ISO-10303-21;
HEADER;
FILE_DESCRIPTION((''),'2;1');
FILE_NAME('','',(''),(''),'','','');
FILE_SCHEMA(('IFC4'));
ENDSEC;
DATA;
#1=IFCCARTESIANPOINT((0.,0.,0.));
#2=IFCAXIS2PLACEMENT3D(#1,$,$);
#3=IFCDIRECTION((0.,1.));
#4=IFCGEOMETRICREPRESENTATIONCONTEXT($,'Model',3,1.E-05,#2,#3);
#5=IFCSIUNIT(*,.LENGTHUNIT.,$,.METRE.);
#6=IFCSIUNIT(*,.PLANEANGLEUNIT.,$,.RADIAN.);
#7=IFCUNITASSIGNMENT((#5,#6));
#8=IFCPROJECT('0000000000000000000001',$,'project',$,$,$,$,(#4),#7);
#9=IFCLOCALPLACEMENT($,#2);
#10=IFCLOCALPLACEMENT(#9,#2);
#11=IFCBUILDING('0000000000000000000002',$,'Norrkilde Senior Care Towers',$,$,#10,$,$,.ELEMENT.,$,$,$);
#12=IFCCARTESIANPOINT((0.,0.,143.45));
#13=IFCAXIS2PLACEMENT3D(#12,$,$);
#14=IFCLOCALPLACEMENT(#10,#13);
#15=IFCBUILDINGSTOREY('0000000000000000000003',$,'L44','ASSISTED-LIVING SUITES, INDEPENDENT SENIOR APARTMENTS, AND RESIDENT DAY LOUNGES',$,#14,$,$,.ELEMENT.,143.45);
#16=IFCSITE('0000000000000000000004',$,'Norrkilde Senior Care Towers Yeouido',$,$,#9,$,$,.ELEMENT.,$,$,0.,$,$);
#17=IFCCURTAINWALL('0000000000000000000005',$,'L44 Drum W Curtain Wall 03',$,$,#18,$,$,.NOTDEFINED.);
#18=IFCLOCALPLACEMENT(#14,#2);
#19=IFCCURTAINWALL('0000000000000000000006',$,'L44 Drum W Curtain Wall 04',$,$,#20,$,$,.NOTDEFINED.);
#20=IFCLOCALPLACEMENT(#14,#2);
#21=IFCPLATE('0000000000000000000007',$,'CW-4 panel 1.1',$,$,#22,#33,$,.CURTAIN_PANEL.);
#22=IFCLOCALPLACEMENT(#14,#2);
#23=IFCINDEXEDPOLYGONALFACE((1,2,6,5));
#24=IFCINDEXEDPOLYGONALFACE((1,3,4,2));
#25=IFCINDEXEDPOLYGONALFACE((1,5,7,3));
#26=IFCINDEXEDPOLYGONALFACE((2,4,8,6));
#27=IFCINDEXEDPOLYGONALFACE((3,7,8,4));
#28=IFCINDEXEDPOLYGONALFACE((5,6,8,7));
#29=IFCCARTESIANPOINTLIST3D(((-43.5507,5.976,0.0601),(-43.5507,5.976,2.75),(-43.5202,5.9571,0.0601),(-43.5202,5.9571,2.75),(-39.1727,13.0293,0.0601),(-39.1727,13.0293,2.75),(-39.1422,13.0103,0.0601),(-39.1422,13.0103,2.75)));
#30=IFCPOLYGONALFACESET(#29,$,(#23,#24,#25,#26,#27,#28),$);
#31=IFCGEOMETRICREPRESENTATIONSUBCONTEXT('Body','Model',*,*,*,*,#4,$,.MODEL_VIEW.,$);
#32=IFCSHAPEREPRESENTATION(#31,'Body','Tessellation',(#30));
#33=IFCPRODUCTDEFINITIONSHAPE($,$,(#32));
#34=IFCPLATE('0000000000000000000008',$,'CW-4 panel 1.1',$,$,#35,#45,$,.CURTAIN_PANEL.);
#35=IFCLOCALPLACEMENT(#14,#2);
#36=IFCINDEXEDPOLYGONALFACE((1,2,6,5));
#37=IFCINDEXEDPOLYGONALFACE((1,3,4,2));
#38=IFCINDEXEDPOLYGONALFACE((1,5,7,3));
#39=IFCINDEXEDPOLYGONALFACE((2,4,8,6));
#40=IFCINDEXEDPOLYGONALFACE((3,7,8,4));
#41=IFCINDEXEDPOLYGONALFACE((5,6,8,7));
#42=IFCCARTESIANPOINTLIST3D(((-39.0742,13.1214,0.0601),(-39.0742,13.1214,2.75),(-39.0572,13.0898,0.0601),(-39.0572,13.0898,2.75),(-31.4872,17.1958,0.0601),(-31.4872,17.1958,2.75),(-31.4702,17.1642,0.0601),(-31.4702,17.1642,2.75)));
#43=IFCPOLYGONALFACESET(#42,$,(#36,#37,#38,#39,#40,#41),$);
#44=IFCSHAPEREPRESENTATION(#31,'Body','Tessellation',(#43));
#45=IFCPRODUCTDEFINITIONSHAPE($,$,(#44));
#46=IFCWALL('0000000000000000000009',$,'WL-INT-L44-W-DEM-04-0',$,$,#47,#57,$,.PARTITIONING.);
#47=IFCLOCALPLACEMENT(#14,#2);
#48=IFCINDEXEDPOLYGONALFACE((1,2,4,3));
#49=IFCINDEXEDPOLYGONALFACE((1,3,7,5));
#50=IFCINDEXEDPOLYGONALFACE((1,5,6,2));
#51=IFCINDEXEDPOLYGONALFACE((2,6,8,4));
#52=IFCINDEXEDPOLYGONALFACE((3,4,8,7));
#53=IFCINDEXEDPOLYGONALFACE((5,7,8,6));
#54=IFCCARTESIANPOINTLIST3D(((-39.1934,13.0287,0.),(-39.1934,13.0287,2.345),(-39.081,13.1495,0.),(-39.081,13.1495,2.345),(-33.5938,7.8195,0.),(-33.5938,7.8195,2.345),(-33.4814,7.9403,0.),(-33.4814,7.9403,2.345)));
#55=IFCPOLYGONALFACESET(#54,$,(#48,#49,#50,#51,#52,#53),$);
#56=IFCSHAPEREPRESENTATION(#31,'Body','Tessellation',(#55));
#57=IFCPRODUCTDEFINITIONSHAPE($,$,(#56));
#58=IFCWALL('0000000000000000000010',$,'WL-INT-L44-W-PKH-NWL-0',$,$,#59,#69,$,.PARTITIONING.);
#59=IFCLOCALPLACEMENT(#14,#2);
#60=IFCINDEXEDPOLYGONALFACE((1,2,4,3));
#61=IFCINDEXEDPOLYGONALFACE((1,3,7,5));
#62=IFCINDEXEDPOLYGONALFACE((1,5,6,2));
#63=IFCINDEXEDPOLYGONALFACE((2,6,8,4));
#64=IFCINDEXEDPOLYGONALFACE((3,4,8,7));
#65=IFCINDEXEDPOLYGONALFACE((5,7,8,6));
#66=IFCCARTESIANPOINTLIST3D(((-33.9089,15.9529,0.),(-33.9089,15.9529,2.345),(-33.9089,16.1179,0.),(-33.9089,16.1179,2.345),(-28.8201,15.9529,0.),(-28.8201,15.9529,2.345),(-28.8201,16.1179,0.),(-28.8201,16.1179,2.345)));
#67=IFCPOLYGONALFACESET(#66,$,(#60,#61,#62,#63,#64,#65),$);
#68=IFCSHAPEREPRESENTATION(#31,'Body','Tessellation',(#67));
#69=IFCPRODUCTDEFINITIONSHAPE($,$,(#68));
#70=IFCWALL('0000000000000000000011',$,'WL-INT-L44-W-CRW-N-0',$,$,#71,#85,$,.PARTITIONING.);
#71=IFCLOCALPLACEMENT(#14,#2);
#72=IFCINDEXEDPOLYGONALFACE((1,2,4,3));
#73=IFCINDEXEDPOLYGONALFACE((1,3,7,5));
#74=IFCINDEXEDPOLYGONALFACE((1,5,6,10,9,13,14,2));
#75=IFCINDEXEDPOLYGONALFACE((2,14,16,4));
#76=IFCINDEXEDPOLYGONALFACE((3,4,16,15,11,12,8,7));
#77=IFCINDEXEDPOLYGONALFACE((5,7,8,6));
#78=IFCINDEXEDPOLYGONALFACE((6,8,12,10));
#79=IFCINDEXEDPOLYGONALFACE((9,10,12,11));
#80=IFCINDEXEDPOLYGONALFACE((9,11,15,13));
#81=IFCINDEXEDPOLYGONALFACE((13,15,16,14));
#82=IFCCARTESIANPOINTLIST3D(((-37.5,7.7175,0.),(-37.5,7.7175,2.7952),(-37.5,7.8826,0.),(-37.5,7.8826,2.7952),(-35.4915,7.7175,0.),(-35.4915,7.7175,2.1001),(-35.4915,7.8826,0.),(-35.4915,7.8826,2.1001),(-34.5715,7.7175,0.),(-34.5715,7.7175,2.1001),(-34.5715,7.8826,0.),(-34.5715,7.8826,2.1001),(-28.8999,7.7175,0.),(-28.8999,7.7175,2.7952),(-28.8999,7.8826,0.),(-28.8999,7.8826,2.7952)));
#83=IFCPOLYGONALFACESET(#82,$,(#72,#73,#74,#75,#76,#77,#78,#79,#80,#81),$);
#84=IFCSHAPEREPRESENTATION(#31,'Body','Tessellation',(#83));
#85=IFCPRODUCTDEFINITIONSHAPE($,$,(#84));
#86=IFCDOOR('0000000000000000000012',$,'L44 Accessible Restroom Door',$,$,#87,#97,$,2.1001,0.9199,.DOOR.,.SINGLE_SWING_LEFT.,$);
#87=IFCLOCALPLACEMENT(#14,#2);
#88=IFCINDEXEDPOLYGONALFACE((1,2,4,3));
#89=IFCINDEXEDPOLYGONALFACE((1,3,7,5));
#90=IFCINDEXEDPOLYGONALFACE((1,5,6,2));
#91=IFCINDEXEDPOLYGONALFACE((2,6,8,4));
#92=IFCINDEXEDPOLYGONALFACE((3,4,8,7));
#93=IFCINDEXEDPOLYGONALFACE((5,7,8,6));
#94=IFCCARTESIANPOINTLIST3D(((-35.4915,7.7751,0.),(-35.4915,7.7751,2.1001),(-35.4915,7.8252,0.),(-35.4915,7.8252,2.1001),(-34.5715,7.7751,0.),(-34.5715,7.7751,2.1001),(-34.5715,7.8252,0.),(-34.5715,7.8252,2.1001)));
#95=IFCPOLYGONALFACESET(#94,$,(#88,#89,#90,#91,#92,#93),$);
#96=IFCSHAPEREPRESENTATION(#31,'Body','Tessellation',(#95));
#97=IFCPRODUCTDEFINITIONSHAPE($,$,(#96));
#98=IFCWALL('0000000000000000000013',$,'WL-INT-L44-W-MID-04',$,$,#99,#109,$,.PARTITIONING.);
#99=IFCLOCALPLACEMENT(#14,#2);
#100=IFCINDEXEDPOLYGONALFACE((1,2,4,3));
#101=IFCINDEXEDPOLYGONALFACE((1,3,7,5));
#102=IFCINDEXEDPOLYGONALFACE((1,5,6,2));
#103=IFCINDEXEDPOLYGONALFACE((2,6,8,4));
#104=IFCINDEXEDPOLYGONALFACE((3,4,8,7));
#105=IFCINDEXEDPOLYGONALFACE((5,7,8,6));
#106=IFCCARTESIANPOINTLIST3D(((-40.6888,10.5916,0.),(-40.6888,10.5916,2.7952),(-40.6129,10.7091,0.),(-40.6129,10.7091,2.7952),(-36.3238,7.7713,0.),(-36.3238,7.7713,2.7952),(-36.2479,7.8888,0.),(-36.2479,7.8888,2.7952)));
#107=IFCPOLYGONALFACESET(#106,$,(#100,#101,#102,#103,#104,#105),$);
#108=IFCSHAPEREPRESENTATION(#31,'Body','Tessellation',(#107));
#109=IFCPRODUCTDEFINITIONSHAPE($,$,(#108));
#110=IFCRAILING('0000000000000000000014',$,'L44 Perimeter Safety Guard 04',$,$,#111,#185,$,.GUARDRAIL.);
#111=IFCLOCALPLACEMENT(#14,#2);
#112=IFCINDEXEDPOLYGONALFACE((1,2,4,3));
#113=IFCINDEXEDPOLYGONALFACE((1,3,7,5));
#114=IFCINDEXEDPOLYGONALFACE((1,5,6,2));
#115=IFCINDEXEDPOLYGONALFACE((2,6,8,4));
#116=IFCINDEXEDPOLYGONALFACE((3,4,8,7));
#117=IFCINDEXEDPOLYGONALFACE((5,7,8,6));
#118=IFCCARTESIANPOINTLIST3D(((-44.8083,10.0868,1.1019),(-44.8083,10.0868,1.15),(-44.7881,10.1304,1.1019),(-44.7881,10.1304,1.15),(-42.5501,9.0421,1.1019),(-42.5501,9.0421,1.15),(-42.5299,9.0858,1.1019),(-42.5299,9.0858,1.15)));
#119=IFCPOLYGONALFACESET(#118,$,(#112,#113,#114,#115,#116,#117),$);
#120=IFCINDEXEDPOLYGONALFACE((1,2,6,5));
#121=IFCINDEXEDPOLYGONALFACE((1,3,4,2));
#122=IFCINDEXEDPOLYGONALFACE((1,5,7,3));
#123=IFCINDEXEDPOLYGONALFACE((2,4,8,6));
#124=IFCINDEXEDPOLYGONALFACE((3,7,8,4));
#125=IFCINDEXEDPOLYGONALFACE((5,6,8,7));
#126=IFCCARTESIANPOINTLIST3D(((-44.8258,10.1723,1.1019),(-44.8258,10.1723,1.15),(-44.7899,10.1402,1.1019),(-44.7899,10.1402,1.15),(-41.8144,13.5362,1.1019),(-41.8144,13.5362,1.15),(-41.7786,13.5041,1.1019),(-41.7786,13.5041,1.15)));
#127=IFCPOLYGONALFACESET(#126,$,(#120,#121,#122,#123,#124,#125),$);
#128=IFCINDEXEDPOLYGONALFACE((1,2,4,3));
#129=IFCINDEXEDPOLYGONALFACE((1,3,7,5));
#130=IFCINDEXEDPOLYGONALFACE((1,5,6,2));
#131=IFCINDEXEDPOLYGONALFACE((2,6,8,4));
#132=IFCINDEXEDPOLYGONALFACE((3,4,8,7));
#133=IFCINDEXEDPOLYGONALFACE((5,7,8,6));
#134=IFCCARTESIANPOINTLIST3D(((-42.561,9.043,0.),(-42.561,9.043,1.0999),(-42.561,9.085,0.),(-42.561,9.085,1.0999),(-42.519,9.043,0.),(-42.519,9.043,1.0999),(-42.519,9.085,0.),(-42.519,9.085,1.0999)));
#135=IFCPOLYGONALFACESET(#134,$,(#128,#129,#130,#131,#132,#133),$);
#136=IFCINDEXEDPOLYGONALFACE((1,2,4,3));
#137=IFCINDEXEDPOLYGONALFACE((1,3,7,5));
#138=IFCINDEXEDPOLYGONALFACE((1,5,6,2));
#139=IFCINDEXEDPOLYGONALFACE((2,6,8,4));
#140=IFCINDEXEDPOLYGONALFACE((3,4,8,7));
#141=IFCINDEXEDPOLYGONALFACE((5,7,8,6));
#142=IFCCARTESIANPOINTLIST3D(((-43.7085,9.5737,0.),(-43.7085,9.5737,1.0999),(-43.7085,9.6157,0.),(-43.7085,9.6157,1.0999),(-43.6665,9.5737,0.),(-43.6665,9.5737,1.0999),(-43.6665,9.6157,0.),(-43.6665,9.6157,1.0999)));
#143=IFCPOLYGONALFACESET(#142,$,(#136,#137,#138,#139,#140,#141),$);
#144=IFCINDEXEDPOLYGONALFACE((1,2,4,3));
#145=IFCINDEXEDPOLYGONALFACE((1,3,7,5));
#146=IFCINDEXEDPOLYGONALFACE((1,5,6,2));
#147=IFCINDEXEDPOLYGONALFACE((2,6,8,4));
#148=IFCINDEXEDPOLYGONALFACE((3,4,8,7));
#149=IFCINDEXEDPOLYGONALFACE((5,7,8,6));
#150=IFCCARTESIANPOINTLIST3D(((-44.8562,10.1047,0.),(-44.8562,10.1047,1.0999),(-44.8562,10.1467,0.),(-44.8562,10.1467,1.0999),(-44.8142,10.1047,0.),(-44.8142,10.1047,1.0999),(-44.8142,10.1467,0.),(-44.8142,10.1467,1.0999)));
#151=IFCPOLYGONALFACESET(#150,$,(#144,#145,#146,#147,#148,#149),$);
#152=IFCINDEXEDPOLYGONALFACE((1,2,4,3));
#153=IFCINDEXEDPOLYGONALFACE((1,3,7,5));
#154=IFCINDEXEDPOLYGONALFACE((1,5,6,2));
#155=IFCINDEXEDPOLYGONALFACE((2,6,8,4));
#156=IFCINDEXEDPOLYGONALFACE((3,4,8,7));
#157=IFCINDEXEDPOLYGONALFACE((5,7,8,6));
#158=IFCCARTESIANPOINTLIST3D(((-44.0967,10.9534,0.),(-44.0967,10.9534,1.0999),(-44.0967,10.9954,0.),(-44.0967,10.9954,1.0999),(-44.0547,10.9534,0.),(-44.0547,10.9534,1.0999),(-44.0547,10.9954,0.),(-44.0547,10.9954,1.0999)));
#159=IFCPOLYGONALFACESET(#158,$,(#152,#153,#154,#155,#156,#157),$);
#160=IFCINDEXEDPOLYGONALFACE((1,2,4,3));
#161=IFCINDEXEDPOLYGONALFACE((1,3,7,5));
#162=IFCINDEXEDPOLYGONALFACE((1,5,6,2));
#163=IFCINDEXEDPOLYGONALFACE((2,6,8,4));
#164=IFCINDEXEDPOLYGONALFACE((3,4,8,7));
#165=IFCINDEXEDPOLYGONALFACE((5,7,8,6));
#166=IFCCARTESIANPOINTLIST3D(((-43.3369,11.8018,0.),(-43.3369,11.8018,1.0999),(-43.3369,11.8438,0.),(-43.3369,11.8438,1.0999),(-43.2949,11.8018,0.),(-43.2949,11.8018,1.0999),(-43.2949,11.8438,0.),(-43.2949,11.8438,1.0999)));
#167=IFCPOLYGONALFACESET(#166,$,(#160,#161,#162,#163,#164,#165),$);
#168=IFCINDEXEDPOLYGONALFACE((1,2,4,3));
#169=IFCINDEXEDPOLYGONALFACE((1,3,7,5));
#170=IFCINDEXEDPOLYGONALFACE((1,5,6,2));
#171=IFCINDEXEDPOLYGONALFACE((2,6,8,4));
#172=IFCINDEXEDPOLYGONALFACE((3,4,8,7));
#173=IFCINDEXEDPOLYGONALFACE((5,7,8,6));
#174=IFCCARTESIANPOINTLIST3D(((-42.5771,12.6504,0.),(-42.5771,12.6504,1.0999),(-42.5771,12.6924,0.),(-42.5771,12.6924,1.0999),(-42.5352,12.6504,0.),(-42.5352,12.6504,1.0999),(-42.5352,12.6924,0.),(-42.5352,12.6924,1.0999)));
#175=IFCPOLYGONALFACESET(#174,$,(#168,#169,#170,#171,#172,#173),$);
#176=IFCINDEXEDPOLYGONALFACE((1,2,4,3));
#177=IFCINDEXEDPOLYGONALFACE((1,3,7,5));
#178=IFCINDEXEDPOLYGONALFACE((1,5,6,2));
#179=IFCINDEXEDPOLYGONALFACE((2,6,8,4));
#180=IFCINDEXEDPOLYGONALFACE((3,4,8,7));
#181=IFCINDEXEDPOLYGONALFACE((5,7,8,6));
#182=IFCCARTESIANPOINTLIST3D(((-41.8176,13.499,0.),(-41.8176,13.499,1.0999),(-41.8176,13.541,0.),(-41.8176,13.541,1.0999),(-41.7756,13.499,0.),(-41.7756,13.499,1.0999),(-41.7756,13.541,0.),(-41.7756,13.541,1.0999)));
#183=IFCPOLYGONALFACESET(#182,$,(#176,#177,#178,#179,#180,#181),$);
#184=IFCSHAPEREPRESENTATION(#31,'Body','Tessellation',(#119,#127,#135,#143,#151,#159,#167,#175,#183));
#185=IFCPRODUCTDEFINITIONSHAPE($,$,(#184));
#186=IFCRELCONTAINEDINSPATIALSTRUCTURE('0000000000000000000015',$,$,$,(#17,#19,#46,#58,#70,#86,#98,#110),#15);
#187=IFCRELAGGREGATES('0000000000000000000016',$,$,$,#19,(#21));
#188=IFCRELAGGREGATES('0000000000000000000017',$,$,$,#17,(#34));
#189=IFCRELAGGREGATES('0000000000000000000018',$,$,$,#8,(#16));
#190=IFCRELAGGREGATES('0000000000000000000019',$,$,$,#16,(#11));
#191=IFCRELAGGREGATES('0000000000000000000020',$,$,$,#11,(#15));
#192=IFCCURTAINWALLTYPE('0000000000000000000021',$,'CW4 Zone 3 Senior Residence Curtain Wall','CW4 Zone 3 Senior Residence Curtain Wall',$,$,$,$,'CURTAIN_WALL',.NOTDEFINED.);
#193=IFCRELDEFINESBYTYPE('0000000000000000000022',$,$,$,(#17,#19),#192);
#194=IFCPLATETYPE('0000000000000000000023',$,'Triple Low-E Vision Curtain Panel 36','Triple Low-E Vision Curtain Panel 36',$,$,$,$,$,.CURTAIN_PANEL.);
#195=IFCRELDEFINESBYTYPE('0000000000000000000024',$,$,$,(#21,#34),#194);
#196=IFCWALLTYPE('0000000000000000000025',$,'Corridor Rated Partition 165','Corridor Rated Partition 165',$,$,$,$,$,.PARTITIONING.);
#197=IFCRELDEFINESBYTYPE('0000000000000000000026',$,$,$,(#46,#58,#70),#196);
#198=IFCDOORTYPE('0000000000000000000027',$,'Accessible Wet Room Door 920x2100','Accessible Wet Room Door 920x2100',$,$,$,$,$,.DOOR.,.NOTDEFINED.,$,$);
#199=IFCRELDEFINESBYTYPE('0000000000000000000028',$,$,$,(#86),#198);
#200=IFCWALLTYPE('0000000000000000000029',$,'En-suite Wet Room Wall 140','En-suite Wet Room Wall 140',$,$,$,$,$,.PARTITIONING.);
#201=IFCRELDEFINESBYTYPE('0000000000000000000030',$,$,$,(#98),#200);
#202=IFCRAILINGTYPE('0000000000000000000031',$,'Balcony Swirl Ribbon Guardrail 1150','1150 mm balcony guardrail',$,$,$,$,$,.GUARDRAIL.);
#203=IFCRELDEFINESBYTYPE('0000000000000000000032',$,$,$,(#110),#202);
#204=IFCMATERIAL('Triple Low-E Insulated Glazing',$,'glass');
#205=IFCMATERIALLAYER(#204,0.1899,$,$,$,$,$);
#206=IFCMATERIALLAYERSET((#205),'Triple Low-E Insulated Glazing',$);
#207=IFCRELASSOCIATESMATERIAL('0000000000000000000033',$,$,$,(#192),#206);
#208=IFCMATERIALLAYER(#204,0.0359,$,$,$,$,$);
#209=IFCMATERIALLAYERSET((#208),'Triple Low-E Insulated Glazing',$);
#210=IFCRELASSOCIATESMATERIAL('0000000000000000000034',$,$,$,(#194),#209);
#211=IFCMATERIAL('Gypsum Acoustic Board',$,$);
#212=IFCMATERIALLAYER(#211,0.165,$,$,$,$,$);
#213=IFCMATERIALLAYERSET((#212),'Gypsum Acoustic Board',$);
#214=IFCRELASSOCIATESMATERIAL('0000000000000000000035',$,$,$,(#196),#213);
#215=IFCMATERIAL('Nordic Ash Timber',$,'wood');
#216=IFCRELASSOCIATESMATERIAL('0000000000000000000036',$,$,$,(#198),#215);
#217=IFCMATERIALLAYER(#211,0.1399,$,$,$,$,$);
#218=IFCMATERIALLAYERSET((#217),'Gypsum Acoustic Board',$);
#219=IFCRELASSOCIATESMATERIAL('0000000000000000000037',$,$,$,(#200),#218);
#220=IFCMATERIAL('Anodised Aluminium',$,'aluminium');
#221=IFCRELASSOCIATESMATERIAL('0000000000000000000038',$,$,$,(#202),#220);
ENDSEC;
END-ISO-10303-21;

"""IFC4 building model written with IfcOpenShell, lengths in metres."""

from ifc_helpers import new_model, si_unit, direction, frame, frame_2d, origin, origin_2d, place, context, subcontext, project, spatial, rectangle, extrude, source, transform, mapped, material, layer, layer_set, type_object, type_shapes, element, fill, aggregate, save


model = new_model("IFC4")

# Units and contexts
model_context = context("Model", 3, precision=1e-05, world=origin(), true_north=direction((0.0, 1.0)))
body_context = subcontext(model_context, "Body", "Model", "MODEL_VIEW")
ifc_project = project(units=[si_unit("LENGTHUNIT", "METRE"), si_unit("PLANEANGLEUNIT", "RADIAN")], contexts=[model_context])

# Site, building, storey
site_placement = place(None, origin())
site = spatial("IfcSite", under=ifc_project, at=site_placement, Name="Norrkilde Senior Care Towers Yeouido", CompositionType="ELEMENT", RefElevation=0.0)
building_placement = place(site_placement, origin())
building = spatial("IfcBuilding", under=site, at=building_placement, Name="Norrkilde Senior Care Towers", CompositionType="ELEMENT")
storey_placement = place(building_placement, frame((0.0, 0.0, 143.45)))
storey = spatial("IfcBuildingStorey", under=building, at=storey_placement, Name="L44", Description="ASSISTED-LIVING SUITES, INDEPENDENT SENIOR APARTMENTS, AND RESIDENT DAY LOUNGES", CompositionType="ELEMENT", Elevation=143.45)

# Shared definitions
ifc_material_1 = material(Name="Triple Low-E Insulated Glazing", Category="glass")
ifc_layer_1 = layer(ifc_material_1, 0.1899)
ifc_layer_set_1 = layer_set([ifc_layer_1], Name="Triple Low-E Insulated Glazing")
curtain_wall_type = type_object("IfcCurtainWallType", Name="CW4 Zone 3 Senior Residence Curtain Wall", Description="CW4 Zone 3 Senior Residence Curtain Wall", ElementType="CURTAIN_WALL", PredefinedType="NOTDEFINED", material=ifc_layer_set_1)
ifc_material_2 = material(Name="Anodised Aluminium", Category="aluminium")

# Curtain walls
curtain_wall_1_placement = place(storey_placement, origin())
curtain_wall_1 = element("IfcCurtainWall", 1, at=curtain_wall_1_placement, inside=storey, type_object=curtain_wall_type, Name="L44 Drum W Curtain Wall 03", PredefinedType="NOTDEFINED")
curtain_wall_2_placement = place(storey_placement, origin())
curtain_wall_2 = element("IfcCurtainWall", 2, at=curtain_wall_2_placement, inside=storey, type_object=curtain_wall_type, Name="L44 Drum W Curtain Wall 04", PredefinedType="NOTDEFINED")

# Plates
ifc_layer_2 = layer(ifc_material_1, 0.0359)
ifc_layer_set_2 = layer_set([ifc_layer_2], Name="Triple Low-E Insulated Glazing")
plate_type = type_object("IfcPlateType", Name="Triple Low-E Vision Curtain Panel 36", Description="Triple Low-E Vision Curtain Panel 36", PredefinedType="CURTAIN_PANEL", material=ifc_layer_set_2)
shared_shape_1 = source(origin(), body_context, "Body", "SweptSolid", [
    extrude(rectangle(XDim=8.3015, YDim=0.0359, at=origin_2d()), origin(), (0.0, 0.0, 1.0), 2.6899),
])
plate_1_placement = place(storey_placement, frame((-41.3464, 9.4932, 0.0601), z_axis=(0.0, 0.0, 1.0), x_axis=(0.527373, 0.849634, 0.0)))
plate_1 = element("IfcPlate", 3, at=plate_1_placement, type_object=plate_type, Name="CW-4 panel 1.1", PredefinedType="CURTAIN_PANEL", context=body_context, shape_type="MappedRepresentation", body=[
    mapped(shared_shape_1, transform((0.0, 0.0, 0.0), x_axis=(1.0, 0.0, 0.0), y_axis=(0.0, 1.0, 0.0), z_axis=(0.0, 0.0, 1.0), scale=1.0)),
])
aggregate(curtain_wall_2, [plate_1])
shared_shape_2 = source(origin(), body_context, "Body", "SweptSolid", [
    extrude(rectangle(XDim=8.6118, YDim=0.0359, at=origin_2d()), origin(), (0.0, 0.0, 1.0), 2.6899),
])
type_shapes(plate_type, [shared_shape_1, shared_shape_2])
plate_2_placement = place(storey_placement, frame((-35.2722, 15.1428, 0.0601), z_axis=(0.0, 0.0, 1.0), x_axis=(0.881, 0.473117, 0.0)))
plate_2 = element("IfcPlate", 4, at=plate_2_placement, type_object=plate_type, Name="CW-4 panel 1.1", PredefinedType="CURTAIN_PANEL", context=body_context, shape_type="MappedRepresentation", body=[
    mapped(shared_shape_2, transform((0.0, 0.0, 0.0), x_axis=(1.0, 0.0, 0.0), y_axis=(0.0, 1.0, 0.0), z_axis=(0.0, 0.0, 1.0), scale=1.0)),
])
aggregate(curtain_wall_1, [plate_2])

# Walls
ifc_material_3 = material(Name="Gypsum Acoustic Board")
ifc_layer_3 = layer(ifc_material_3, 0.165)
ifc_layer_set_3 = layer_set([ifc_layer_3], Name="Gypsum Acoustic Board")
wall_type_1 = type_object("IfcWallType", Name="Corridor Rated Partition 165", Description="Corridor Rated Partition 165", PredefinedType="PARTITIONING", material=ifc_layer_set_3)
shared_shape_3 = source(origin(), body_context, "Body", "SweptSolid", [
    extrude(rectangle(XDim=7.6479, YDim=0.165, at=frame_2d((3.824, 0.0))), origin(), (0.0, 0.0, 1.0), 2.345),
])
wall_1_placement = place(storey_placement, frame((-33.5376, 7.8799, 0.0), z_axis=(0.0, 0.0, 1.0), x_axis=(-0.732168, 0.681124, 0.0)))
element("IfcWall", 5, at=wall_1_placement, inside=storey, type_object=wall_type_1, Name="WL-INT-L44-W-DEM-04-0", PredefinedType="PARTITIONING", context=body_context, shape_type="MappedRepresentation", body=[
    mapped(shared_shape_3, transform((0.0, 0.0, 0.0), x_axis=(1.0, 0.0, 0.0), y_axis=(0.0, 1.0, 0.0), z_axis=(0.0, 0.0, 1.0), scale=1.0)),
])
shared_shape_4 = source(origin(), body_context, "Body", "SweptSolid", [
    extrude(rectangle(XDim=5.0889, YDim=0.165, at=frame_2d((2.5444, 0.0))), origin(), (0.0, 0.0, 1.0), 2.345),
])
wall_2_placement = place(storey_placement, frame((-33.9089, 16.0354, 0.0), z_axis=(0.0, 0.0, 1.0), x_axis=(1.0, 0.0, 0.0)))
element("IfcWall", 6, at=wall_2_placement, inside=storey, type_object=wall_type_1, Name="WL-INT-L44-W-PKH-NWL-0", PredefinedType="PARTITIONING", context=body_context, shape_type="MappedRepresentation", body=[
    mapped(shared_shape_4, transform((0.0, 0.0, 0.0), x_axis=(1.0, 0.0, 0.0), y_axis=(0.0, 1.0, 0.0), z_axis=(0.0, 0.0, 1.0), scale=1.0)),
])

# Wall, opening, door
shared_shape_5 = source(origin(), body_context, "Body", "SweptSolid", [
    extrude(rectangle(XDim=8.6001, YDim=0.165, at=frame_2d((4.3, 0.0))), origin(), (0.0, 0.0, 1.0), 2.7952),
])
type_shapes(wall_type_1, [shared_shape_3, shared_shape_4, shared_shape_5])
wall_3_placement = place(storey_placement, frame((-37.5, 7.8, 0.0), z_axis=(0.0, 0.0, 1.0), x_axis=(1.0, 0.0, 0.0)))
wall_3 = element("IfcWall", 7, at=wall_3_placement, inside=storey, type_object=wall_type_1, Name="WL-INT-L44-W-CRW-N-0", PredefinedType="PARTITIONING", context=body_context, shape_type="MappedRepresentation", body=[
    mapped(shared_shape_5, transform((0.0, 0.0, 0.0), x_axis=(1.0, 0.0, 0.0), y_axis=(0.0, 1.0, 0.0), z_axis=(0.0, 0.0, 1.0), scale=1.0)),
])
opening_placement = place(wall_3_placement, frame((2.0085, 0.0, 0.0)))
opening = element("IfcOpeningElement", 8, at=opening_placement, cuts=wall_3, PredefinedType="OPENING", context=body_context, shape_type="SweptSolid", body=[
    extrude(rectangle(XDim=0.9199, YDim=2.1001, at=frame_2d((0.46, 1.05))), frame((0.0, 0.0925, 0.0), z_axis=(0.0, -1.0, 0.0), x_axis=(1.0, 0.0, 0.0)), (0.0, 0.0, 1.0), 0.1851),
])
ifc_material_4 = material(Name="Nordic Ash Timber", Category="wood")
door_type = type_object("IfcDoorType", Name="Accessible Wet Room Door 920x2100", Description="Accessible Wet Room Door 920x2100", OperationType="NOTDEFINED", PredefinedType="DOOR", material=ifc_material_4)
shared_shape_6 = source(origin(), body_context, "Body", "SweptSolid", [
    extrude(rectangle(XDim=0.9199, YDim=2.1001, at=frame_2d((0.46, 1.05))), frame((0.0, 0.0249, 0.0), z_axis=(0.0, -1.0, 0.0), x_axis=(1.0, 0.0, 0.0)), (0.0, 0.0, 1.0), 0.05),
])
type_shapes(door_type, [shared_shape_6])
door_placement = place(opening_placement, frame((0.9199, 0.0, 0.0), z_axis=(0.0, 0.0, 1.0), x_axis=(-1.0, 0.0, 0.0)))
door = element("IfcDoor", 9, at=door_placement, inside=storey, type_object=door_type, Name="L44 Accessible Restroom Door", OperationType="SINGLE_SWING_LEFT", OverallHeight=2.1001, OverallWidth=0.9199, PredefinedType="DOOR", context=body_context, shape_type="MappedRepresentation", body=[
    mapped(shared_shape_6, transform((0.0, 0.0, 0.0), x_axis=(1.0, 0.0, 0.0), y_axis=(0.0, 1.0, 0.0), z_axis=(0.0, 0.0, 1.0), scale=1.0)),
])
fill(opening, door)

# Wall
ifc_layer_4 = layer(ifc_material_3, 0.1399)
ifc_layer_set_4 = layer_set([ifc_layer_4], Name="Gypsum Acoustic Board")
wall_type_2 = type_object("IfcWallType", Name="En-suite Wet Room Wall 140", Description="En-suite Wet Room Wall 140", PredefinedType="PARTITIONING", material=ifc_layer_set_4)
shared_shape_7 = source(origin(), body_context, "Body", "SweptSolid", [
    extrude(rectangle(XDim=5.1968, YDim=0.1399, at=frame_2d((2.5984, 0.0))), origin(), (0.0, 0.0, 1.0), 2.7952),
])
type_shapes(wall_type_2, [shared_shape_7])
wall_4_placement = place(storey_placement, frame((-36.2859, 7.8301, 0.0), z_axis=(0.0, 0.0, 1.0), x_axis=(-0.839929, 0.542696, 0.0)))
element("IfcWall", 10, at=wall_4_placement, inside=storey, type_object=wall_type_2, Name="WL-INT-L44-W-MID-04", PredefinedType="PARTITIONING", context=body_context, shape_type="MappedRepresentation", body=[
    mapped(shared_shape_7, transform((0.0, 0.0, 0.0), x_axis=(1.0, 0.0, 0.0), y_axis=(0.0, 1.0, 0.0), z_axis=(0.0, 0.0, 1.0), scale=1.0)),
])

# Railing
railing_type = type_object("IfcRailingType", Name="Balcony Swirl Ribbon Guardrail 1150", Description="1150 mm balcony guardrail", PredefinedType="GUARDRAIL", material=ifc_material_2)
railing_1_placement = place(storey_placement, frame((-42.54, 9.064, 0.0)))
element("IfcRailing", 11, at=railing_1_placement, inside=storey, type_object=railing_type, Name="L44 Perimeter Safety Guard 04", PredefinedType="GUARDRAIL", context=body_context, shape_type="SweptSolid", body=[
    extrude(rectangle(XDim=0.0481, YDim=0.0481, at=origin_2d()), frame((0.0, 0.0, 1.126), z_axis=(-0.907589, 0.41986, 0.0), x_axis=(-0.41986, -0.907589, 0.0)), (0.0, 0.0, 1.0), 2.488),
    extrude(rectangle(XDim=0.0481, YDim=0.0481, at=origin_2d()), frame((-2.2678, 1.0923, 1.126), z_axis=(0.666988, 0.745069, 0.0), x_axis=(-0.745069, 0.666988, 0.0)), (0.0, 0.0, 1.0), 4.5149),
    extrude(rectangle(XDim=0.042, YDim=0.042, at=origin_2d()), origin(), (0.0, 0.0, 1.0), 1.0999),
    extrude(rectangle(XDim=0.042, YDim=0.042, at=origin_2d()), frame((-1.1475, 0.5308, 0.0)), (0.0, 0.0, 1.0), 1.0999),
    extrude(rectangle(XDim=0.042, YDim=0.042, at=origin_2d()), frame((-2.2952, 1.0618, 0.0)), (0.0, 0.0, 1.0), 1.0999),
    extrude(rectangle(XDim=0.042, YDim=0.042, at=origin_2d()), frame((-1.5356, 1.9104, 0.0)), (0.0, 0.0, 1.0), 1.0999),
    extrude(rectangle(XDim=0.042, YDim=0.042, at=origin_2d()), frame((-0.7759, 2.7588, 0.0)), (0.0, 0.0, 1.0), 1.0999),
    extrude(rectangle(XDim=0.042, YDim=0.042, at=origin_2d()), frame((-0.0161, 3.6074, 0.0)), (0.0, 0.0, 1.0), 1.0999),
    extrude(rectangle(XDim=0.042, YDim=0.042, at=origin_2d()), frame((0.7434, 4.4561, 0.0)), (0.0, 0.0, 1.0), 1.0999),
])

save(model, "model.ifc")
